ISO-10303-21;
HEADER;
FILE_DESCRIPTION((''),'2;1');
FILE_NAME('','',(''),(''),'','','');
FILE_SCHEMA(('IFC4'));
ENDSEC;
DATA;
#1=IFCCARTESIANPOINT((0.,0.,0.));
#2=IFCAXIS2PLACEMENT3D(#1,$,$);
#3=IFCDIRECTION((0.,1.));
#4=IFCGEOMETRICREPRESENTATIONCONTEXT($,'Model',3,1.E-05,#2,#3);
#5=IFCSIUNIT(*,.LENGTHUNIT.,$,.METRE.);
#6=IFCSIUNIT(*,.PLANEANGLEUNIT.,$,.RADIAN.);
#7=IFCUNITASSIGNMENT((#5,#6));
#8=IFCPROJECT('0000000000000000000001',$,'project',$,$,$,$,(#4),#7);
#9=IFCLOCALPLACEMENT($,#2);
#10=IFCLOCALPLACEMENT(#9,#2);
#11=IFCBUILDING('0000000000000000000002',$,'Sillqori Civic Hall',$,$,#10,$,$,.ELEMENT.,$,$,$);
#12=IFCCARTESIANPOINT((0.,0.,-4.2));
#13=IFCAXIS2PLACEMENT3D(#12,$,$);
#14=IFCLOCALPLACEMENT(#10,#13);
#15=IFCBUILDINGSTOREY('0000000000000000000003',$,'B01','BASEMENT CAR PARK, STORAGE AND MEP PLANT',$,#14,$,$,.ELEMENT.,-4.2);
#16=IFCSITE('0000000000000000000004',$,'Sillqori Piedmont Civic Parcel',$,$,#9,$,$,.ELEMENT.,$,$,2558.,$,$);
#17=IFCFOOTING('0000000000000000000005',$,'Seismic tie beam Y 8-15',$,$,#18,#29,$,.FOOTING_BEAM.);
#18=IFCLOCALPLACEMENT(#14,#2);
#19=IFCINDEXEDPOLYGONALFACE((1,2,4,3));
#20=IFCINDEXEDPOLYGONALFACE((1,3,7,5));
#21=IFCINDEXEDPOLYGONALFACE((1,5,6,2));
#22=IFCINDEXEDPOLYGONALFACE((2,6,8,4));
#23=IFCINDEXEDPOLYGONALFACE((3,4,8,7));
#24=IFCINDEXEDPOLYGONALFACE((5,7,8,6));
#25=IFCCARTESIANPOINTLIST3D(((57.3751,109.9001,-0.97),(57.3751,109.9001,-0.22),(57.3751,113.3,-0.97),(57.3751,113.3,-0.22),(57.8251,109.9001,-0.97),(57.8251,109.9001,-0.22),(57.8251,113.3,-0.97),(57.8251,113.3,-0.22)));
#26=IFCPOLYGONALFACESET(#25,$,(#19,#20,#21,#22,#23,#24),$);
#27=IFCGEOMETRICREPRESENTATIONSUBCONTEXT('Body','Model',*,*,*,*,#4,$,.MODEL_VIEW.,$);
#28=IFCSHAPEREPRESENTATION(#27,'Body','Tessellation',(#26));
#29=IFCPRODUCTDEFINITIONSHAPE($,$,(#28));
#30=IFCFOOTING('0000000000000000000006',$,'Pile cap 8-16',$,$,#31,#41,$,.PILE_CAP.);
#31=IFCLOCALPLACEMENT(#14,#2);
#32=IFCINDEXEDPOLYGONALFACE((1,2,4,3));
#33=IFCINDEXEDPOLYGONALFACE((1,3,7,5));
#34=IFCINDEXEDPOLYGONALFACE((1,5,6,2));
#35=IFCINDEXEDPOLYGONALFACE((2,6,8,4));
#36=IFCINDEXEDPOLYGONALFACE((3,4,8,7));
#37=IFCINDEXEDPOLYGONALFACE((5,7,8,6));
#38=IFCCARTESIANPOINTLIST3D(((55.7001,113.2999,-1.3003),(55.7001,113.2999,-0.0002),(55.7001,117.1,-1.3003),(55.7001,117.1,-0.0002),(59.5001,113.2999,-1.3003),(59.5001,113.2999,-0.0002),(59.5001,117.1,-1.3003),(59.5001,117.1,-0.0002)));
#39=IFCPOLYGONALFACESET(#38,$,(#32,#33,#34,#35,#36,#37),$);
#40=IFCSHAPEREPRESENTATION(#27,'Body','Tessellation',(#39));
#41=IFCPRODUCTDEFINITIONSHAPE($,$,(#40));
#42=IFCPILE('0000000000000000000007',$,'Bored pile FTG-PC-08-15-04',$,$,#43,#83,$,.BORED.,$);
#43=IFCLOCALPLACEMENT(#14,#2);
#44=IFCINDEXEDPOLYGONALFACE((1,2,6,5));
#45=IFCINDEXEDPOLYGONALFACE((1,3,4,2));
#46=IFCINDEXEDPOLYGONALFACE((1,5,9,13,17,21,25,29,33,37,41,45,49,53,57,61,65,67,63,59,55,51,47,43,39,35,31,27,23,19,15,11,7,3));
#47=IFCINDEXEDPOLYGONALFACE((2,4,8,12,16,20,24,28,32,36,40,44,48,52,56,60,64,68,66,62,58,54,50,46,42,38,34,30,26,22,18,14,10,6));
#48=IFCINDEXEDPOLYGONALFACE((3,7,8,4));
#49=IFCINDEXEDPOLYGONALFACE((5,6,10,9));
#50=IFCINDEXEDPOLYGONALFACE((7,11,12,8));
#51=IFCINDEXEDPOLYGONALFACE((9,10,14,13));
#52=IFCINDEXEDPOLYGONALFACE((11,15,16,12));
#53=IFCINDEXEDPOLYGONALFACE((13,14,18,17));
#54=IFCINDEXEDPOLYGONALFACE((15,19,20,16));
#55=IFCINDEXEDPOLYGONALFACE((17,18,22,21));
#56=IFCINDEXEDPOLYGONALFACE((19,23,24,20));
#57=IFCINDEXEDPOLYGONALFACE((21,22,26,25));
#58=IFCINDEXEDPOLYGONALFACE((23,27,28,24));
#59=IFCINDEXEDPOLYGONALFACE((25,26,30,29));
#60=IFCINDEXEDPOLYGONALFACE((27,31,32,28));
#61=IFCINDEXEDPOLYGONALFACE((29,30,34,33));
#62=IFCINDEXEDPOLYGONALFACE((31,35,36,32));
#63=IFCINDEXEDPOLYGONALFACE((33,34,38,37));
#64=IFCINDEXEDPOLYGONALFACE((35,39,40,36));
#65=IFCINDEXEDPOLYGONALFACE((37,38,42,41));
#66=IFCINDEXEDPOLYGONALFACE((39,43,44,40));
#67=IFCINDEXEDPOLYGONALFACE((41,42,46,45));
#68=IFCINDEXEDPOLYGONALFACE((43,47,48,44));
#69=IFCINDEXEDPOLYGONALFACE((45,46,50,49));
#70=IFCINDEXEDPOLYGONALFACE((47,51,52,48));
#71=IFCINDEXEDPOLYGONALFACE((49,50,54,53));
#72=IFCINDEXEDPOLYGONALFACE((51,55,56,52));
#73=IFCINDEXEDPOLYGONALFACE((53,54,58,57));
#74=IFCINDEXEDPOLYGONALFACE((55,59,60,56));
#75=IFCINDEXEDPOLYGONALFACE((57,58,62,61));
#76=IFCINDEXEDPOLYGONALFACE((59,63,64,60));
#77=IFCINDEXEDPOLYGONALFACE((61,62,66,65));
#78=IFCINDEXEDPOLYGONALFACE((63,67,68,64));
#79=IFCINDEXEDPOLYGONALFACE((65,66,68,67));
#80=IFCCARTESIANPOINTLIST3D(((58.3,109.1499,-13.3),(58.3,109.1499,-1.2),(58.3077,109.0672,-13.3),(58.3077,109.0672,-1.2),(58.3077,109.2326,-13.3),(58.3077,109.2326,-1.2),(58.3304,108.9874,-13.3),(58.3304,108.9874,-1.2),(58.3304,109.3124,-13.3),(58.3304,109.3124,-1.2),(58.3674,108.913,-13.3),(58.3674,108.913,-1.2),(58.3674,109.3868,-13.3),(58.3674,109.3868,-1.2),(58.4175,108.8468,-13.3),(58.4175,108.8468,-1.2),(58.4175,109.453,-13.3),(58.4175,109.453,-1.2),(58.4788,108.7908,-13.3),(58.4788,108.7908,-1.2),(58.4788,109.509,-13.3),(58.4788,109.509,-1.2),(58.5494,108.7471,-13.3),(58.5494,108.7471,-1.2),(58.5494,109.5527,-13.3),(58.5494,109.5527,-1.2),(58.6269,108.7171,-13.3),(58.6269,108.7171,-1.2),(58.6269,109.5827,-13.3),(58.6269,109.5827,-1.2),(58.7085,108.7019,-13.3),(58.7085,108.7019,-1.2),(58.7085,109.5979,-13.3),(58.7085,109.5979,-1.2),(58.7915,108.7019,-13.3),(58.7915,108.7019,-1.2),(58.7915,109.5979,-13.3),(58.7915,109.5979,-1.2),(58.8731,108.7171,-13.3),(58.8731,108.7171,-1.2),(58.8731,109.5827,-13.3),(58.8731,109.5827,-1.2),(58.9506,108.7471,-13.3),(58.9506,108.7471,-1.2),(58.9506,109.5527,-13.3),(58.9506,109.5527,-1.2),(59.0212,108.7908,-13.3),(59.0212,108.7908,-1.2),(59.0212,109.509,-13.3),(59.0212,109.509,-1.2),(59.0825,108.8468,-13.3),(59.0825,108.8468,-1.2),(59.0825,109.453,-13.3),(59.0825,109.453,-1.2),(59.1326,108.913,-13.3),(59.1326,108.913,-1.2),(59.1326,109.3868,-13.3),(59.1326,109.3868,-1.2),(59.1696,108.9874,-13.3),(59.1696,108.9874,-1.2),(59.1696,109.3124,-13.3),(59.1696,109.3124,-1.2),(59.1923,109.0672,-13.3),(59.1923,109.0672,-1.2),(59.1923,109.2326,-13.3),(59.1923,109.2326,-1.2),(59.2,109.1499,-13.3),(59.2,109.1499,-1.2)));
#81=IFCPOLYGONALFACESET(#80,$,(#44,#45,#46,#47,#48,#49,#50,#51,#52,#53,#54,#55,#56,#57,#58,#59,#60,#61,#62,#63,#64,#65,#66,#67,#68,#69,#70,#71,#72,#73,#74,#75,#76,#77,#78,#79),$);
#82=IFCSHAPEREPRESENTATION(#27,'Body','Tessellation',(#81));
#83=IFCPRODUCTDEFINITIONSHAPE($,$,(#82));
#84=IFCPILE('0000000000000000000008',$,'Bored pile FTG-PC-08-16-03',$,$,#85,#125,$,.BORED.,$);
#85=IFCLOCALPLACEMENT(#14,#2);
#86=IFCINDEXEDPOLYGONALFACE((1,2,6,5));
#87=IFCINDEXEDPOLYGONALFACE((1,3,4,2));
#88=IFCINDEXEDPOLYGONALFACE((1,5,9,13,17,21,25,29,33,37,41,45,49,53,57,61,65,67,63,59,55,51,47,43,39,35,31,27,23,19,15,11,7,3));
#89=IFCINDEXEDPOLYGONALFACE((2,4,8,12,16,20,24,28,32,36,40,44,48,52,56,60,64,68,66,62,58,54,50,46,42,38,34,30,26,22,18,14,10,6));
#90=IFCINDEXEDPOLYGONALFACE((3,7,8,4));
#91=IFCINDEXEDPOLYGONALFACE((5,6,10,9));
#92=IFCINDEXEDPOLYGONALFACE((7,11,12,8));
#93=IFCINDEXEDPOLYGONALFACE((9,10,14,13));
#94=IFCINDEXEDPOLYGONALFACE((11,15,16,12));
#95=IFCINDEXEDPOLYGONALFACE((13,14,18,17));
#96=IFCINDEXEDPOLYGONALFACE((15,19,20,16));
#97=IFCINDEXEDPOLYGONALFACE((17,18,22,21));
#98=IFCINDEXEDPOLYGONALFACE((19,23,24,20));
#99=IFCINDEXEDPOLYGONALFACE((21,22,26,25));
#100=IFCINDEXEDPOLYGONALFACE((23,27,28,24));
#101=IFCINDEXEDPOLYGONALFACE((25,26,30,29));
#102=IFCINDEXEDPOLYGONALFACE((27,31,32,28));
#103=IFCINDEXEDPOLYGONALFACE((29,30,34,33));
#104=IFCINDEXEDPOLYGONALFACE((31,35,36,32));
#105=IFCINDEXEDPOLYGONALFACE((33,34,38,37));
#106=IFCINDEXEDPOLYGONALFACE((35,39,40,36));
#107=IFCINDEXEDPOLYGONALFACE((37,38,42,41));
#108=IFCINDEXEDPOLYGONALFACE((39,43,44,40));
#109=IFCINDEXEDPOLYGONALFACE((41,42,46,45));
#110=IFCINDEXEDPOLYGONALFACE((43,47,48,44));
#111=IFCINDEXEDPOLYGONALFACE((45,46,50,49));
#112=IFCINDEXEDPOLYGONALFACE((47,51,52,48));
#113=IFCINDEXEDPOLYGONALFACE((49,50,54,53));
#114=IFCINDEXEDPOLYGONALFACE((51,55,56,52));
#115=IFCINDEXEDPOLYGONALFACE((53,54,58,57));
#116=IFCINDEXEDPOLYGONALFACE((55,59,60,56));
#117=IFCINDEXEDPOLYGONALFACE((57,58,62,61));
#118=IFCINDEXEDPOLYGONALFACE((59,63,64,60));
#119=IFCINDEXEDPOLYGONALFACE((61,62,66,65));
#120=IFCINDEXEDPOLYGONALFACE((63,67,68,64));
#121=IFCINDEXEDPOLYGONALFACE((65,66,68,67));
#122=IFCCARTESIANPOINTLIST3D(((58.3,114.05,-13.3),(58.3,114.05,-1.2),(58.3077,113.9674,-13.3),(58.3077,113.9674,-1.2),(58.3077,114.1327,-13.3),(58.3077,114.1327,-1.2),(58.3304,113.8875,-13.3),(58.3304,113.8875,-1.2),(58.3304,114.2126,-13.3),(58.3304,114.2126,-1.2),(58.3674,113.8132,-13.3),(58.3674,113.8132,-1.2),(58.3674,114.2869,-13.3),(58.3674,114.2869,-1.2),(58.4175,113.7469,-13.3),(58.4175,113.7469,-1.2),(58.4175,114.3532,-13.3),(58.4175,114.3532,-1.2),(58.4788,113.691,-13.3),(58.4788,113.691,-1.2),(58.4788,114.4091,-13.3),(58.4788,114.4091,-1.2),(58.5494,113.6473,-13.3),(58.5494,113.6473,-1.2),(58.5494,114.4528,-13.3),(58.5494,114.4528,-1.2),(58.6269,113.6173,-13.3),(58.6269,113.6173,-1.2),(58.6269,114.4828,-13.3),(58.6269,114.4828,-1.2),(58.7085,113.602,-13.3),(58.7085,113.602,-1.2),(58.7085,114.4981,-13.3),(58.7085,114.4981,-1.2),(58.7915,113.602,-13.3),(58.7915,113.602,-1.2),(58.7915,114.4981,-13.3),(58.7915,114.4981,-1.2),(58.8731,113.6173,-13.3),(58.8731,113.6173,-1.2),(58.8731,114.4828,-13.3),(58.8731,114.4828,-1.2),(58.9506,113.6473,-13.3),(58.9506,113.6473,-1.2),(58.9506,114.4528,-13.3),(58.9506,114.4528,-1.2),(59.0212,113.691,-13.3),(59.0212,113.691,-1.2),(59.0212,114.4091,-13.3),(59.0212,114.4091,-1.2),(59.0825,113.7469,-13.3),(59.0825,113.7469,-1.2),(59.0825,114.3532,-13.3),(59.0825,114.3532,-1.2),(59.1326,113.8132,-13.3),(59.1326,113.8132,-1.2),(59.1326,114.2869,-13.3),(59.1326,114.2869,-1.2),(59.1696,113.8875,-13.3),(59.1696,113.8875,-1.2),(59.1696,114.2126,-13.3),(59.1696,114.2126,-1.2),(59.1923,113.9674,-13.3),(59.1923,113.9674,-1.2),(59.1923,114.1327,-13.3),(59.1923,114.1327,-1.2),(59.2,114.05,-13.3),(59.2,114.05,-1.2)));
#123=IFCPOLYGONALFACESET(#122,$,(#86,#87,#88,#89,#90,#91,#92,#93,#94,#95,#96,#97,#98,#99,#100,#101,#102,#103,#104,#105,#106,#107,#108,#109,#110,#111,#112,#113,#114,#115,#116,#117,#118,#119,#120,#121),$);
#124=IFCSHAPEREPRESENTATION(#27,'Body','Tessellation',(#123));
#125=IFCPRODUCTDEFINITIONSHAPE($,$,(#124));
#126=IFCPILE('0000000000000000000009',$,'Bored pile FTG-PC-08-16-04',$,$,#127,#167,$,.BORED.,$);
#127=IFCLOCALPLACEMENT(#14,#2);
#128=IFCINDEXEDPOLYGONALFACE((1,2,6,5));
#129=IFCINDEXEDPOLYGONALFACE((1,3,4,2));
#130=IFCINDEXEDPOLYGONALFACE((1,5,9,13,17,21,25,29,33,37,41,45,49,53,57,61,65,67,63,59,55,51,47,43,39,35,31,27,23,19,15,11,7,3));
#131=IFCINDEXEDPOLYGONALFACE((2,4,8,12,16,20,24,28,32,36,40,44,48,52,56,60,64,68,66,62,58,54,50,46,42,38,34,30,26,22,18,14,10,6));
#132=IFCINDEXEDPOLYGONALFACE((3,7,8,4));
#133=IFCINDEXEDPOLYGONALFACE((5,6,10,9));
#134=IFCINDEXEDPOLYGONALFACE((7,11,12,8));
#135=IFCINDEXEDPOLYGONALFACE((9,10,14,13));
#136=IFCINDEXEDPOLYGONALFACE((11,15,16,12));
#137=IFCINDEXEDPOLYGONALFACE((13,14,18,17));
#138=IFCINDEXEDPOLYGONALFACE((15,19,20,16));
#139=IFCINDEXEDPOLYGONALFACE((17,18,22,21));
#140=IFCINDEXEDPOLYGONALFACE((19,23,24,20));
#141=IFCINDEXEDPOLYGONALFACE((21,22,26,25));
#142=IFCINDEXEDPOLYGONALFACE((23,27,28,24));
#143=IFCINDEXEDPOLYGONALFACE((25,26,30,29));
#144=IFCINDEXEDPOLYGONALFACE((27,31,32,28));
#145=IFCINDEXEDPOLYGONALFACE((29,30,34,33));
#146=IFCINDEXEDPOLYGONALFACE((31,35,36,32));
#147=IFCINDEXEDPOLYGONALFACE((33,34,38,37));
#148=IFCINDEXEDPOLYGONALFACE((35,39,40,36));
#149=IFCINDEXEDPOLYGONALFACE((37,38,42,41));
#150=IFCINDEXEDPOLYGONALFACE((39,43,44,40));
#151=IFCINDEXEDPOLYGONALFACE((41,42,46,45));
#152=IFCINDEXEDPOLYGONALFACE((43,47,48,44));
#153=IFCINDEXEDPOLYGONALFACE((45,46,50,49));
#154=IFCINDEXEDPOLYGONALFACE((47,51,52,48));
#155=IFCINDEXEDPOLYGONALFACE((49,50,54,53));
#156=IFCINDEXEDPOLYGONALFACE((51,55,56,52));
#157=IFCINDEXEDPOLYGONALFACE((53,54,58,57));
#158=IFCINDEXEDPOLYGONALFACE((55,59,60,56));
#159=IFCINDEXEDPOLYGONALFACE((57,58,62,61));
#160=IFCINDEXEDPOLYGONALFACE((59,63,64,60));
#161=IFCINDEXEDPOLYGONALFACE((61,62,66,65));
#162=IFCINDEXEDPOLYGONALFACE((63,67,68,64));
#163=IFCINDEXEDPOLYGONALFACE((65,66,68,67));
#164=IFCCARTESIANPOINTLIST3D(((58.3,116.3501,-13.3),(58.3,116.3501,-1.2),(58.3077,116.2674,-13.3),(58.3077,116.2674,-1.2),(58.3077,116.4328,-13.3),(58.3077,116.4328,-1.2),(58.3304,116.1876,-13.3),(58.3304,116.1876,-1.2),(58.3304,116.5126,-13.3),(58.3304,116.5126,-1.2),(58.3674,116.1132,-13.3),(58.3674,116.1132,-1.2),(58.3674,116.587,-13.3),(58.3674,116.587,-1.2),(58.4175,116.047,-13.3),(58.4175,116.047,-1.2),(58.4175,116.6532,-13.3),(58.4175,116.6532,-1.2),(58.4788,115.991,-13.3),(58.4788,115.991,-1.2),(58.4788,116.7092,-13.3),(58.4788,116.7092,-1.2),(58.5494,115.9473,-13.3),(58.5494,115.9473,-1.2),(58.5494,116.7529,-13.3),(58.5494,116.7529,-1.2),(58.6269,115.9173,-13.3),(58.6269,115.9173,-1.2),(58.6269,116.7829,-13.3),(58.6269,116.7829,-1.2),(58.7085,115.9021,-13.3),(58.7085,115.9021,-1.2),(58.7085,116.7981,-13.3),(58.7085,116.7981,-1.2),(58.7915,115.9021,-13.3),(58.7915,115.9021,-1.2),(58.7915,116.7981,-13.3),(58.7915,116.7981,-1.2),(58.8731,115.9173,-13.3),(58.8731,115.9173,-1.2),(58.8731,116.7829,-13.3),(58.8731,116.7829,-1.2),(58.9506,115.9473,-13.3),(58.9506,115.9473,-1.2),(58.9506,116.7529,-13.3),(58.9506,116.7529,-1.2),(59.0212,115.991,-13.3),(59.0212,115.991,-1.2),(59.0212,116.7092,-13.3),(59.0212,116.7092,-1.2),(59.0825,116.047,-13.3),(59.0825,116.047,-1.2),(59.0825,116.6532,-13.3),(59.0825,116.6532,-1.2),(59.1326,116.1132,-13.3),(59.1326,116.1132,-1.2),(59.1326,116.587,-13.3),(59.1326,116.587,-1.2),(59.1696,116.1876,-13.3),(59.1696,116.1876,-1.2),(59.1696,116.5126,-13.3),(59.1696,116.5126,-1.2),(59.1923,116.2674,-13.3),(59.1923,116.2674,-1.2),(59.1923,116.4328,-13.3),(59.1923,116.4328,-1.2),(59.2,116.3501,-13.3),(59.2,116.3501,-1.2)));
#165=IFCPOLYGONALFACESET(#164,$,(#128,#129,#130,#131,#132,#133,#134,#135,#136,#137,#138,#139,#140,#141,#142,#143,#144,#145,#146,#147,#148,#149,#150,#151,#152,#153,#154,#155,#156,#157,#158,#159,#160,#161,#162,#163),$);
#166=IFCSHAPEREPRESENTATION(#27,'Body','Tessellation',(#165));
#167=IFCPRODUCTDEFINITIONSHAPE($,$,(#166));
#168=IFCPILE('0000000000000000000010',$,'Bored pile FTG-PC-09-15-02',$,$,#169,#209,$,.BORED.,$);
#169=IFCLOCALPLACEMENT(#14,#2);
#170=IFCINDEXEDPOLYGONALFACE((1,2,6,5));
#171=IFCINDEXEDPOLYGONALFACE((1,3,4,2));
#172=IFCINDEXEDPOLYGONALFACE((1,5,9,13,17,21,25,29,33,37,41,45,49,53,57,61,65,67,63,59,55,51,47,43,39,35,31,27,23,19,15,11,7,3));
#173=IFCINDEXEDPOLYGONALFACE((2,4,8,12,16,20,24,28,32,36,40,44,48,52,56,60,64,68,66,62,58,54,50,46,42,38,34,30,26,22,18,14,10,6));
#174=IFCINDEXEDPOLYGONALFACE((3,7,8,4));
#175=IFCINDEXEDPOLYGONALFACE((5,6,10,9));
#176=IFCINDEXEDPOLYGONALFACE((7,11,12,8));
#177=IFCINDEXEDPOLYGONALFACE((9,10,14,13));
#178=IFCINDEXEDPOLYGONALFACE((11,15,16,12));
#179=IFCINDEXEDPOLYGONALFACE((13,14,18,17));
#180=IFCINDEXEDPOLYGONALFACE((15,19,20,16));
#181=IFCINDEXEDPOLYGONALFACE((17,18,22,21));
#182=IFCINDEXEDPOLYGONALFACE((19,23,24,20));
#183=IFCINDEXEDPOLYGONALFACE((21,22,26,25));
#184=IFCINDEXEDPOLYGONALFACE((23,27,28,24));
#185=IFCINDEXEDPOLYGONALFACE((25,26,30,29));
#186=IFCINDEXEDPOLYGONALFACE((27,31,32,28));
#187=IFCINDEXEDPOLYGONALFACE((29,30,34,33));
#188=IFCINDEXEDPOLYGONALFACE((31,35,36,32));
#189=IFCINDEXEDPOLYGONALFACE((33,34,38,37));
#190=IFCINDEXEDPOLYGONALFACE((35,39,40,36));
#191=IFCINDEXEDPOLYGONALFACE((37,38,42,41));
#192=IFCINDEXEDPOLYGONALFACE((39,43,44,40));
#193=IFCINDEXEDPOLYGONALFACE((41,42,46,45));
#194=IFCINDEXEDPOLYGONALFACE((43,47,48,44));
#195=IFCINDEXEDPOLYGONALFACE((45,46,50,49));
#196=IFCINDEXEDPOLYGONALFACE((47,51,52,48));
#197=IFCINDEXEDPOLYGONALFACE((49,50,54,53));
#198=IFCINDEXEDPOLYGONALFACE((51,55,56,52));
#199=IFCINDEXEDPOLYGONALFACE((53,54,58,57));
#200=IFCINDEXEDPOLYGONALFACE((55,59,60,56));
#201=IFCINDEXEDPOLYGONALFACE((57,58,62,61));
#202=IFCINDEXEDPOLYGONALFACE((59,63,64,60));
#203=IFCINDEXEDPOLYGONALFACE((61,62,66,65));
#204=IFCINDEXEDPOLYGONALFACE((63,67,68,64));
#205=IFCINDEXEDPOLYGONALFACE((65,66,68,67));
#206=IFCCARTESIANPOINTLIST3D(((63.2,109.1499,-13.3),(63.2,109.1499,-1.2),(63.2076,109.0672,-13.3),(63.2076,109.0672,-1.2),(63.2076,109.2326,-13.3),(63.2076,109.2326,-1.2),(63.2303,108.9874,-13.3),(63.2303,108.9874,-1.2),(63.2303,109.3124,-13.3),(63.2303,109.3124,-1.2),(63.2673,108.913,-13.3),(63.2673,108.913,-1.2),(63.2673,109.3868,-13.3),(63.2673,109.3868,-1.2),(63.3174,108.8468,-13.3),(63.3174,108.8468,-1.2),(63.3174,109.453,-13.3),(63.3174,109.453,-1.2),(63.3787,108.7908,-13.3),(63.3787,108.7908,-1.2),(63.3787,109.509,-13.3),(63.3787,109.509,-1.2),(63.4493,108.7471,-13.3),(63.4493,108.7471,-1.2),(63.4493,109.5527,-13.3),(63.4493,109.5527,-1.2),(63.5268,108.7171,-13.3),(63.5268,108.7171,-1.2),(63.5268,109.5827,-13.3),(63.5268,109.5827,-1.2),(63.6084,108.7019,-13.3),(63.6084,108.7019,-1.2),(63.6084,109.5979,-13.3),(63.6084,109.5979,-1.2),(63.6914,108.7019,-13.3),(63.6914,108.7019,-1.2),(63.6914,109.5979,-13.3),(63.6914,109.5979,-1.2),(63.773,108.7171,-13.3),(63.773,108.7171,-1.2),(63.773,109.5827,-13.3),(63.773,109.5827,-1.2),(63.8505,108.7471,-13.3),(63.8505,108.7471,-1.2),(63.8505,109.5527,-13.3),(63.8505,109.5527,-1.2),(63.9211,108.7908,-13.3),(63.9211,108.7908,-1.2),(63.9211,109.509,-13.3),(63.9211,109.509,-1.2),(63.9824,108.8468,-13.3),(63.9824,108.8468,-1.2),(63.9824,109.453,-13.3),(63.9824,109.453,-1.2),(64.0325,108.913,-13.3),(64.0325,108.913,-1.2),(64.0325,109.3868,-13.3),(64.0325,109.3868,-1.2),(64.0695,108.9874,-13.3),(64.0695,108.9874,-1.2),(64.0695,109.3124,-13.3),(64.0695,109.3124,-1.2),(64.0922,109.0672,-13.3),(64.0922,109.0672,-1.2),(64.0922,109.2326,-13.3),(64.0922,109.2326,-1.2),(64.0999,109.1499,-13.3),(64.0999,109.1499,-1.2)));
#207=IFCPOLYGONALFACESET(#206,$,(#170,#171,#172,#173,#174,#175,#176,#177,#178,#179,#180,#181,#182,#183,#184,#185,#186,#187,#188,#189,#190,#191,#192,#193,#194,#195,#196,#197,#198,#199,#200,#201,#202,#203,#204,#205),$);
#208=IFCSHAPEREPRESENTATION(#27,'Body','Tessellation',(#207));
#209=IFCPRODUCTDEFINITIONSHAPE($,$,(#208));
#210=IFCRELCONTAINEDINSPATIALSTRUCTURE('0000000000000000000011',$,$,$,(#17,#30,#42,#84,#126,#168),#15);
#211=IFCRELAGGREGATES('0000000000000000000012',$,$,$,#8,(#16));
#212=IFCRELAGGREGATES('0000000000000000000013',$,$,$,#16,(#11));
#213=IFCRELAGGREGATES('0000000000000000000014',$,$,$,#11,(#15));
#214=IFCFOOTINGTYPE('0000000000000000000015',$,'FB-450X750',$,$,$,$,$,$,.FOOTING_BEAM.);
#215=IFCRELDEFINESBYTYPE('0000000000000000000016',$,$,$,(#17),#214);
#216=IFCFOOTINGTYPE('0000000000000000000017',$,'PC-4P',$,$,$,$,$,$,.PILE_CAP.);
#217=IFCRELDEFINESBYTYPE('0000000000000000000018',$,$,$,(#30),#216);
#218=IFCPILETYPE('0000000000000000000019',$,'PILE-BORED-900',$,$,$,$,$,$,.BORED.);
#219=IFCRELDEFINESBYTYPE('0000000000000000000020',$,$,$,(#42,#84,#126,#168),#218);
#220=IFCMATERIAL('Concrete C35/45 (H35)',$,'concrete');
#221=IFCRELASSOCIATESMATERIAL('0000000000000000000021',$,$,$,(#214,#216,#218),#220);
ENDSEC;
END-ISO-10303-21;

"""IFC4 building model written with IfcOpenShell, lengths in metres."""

from ifc_helpers import new_model, si_unit, direction, frame, origin, origin_2d, place, context, subcontext, project, spatial, rectangle, circle, extrude, material, material_profile, profile_set, type_object, element, save


model = new_model("IFC4")

# Units and contexts
model_context = context("Model", 3, precision=1e-05, world=origin(), true_north=direction((0.0, 1.0)))
body_context = subcontext(model_context, "Body", "Model", "MODEL_VIEW")
ifc_project = project(units=[si_unit("LENGTHUNIT", "METRE"), si_unit("PLANEANGLEUNIT", "RADIAN")], contexts=[model_context])

# Site, building, storey
site_placement = place(None, origin())
site = spatial("IfcSite", under=ifc_project, at=site_placement, Name="Sillqori Piedmont Civic Parcel", CompositionType="ELEMENT", RefElevation=2558.0)
building_placement = place(site_placement, origin())
building = spatial("IfcBuilding", under=site, at=building_placement, Name="Sillqori Civic Hall", CompositionType="ELEMENT")
storey_placement = place(building_placement, frame((0.0, 0.0, -4.2)))
storey = spatial("IfcBuildingStorey", under=building, at=storey_placement, Name="B01", Description="BASEMENT CAR PARK, STORAGE AND MEP PLANT", CompositionType="ELEMENT", Elevation=-4.2)

# Footings
ifc_material_1 = material(Name="Concrete C35/45 (H35)", Category="concrete")
footing_type_1 = type_object("IfcFootingType", Name="FB-450X750", PredefinedType="FOOTING_BEAM", material=ifc_material_1)
footing_1_placement = place(storey_placement, frame((57.6001, 111.6001, -0.97), z_axis=(0.0, 0.0, 1.0), x_axis=(1.0, 0.0, 0.0)))
element("IfcFooting", 1, at=footing_1_placement, inside=storey, type_object=footing_type_1, Name="Seismic tie beam Y 8-15", PredefinedType="FOOTING_BEAM", context=body_context, shape_type="SweptSolid", body=[
    extrude(rectangle(XDim=0.45, YDim=3.3999, at=origin_2d()), origin(), (0.0, 0.0, 1.0), 0.75),
])
footing_type_2 = type_object("IfcFootingType", Name="PC-4P", PredefinedType="PILE_CAP", material=ifc_material_1)
footing_2_placement = place(storey_placement, frame((57.6001, 115.2, -1.3003), z_axis=(0.0, 0.0, 1.0), x_axis=(1.0, 0.0, 0.0)))
element("IfcFooting", 2, at=footing_2_placement, inside=storey, type_object=footing_type_2, Name="Pile cap 8-16", PredefinedType="PILE_CAP", context=body_context, shape_type="SweptSolid", body=[
    extrude(rectangle(XDim=3.8, YDim=3.8, at=origin_2d()), origin(), (0.0, 0.0, 1.0), 1.3),
])

# Piles
ifc_material_profile_1 = material_profile(ifc_material_1, circle(Radius=0.45, at=origin_2d()), Name="BORED PILE 900")
ifc_profile_set_1 = profile_set([ifc_material_profile_1], Name="Concrete C35/45 (H35)")
pile_type = type_object("IfcPileType", Name="PILE-BORED-900", PredefinedType="BORED", material=ifc_profile_set_1)
for number, where, z_axis, x_axis, name in (
    (3, (58.75, 109.1499, -1.2), (0.0, 0.0, -1.0), (1.0, 0.0, 0.0), "Bored pile FTG-PC-08-15-04"),
    (4, (58.75, 114.05, -1.2), (0.0, 0.0, -1.0), (1.0, 0.0, 0.0), "Bored pile FTG-PC-08-16-03"),
    (5, (58.75, 116.3501, -1.2), (0.0, 0.0, -1.0), (1.0, 0.0, 0.0), "Bored pile FTG-PC-08-16-04"),
    (6, (63.6499, 109.1499, -1.2), (0.0, 0.0, -1.0), (1.0, 0.0, 0.0), "Bored pile FTG-PC-09-15-02"),
):
    element("IfcPile", number, at=place(storey_placement, frame(where, z_axis=z_axis, x_axis=x_axis)), inside=storey, type_object=pile_type, Name=name, PredefinedType="BORED", context=body_context, shape_type="SweptSolid", body=[
        extrude(circle(Radius=0.45, at=origin_2d()), origin(), (0.0, 0.0, 1.0), 12.1001),
    ])

save(model, "model.ifc")
